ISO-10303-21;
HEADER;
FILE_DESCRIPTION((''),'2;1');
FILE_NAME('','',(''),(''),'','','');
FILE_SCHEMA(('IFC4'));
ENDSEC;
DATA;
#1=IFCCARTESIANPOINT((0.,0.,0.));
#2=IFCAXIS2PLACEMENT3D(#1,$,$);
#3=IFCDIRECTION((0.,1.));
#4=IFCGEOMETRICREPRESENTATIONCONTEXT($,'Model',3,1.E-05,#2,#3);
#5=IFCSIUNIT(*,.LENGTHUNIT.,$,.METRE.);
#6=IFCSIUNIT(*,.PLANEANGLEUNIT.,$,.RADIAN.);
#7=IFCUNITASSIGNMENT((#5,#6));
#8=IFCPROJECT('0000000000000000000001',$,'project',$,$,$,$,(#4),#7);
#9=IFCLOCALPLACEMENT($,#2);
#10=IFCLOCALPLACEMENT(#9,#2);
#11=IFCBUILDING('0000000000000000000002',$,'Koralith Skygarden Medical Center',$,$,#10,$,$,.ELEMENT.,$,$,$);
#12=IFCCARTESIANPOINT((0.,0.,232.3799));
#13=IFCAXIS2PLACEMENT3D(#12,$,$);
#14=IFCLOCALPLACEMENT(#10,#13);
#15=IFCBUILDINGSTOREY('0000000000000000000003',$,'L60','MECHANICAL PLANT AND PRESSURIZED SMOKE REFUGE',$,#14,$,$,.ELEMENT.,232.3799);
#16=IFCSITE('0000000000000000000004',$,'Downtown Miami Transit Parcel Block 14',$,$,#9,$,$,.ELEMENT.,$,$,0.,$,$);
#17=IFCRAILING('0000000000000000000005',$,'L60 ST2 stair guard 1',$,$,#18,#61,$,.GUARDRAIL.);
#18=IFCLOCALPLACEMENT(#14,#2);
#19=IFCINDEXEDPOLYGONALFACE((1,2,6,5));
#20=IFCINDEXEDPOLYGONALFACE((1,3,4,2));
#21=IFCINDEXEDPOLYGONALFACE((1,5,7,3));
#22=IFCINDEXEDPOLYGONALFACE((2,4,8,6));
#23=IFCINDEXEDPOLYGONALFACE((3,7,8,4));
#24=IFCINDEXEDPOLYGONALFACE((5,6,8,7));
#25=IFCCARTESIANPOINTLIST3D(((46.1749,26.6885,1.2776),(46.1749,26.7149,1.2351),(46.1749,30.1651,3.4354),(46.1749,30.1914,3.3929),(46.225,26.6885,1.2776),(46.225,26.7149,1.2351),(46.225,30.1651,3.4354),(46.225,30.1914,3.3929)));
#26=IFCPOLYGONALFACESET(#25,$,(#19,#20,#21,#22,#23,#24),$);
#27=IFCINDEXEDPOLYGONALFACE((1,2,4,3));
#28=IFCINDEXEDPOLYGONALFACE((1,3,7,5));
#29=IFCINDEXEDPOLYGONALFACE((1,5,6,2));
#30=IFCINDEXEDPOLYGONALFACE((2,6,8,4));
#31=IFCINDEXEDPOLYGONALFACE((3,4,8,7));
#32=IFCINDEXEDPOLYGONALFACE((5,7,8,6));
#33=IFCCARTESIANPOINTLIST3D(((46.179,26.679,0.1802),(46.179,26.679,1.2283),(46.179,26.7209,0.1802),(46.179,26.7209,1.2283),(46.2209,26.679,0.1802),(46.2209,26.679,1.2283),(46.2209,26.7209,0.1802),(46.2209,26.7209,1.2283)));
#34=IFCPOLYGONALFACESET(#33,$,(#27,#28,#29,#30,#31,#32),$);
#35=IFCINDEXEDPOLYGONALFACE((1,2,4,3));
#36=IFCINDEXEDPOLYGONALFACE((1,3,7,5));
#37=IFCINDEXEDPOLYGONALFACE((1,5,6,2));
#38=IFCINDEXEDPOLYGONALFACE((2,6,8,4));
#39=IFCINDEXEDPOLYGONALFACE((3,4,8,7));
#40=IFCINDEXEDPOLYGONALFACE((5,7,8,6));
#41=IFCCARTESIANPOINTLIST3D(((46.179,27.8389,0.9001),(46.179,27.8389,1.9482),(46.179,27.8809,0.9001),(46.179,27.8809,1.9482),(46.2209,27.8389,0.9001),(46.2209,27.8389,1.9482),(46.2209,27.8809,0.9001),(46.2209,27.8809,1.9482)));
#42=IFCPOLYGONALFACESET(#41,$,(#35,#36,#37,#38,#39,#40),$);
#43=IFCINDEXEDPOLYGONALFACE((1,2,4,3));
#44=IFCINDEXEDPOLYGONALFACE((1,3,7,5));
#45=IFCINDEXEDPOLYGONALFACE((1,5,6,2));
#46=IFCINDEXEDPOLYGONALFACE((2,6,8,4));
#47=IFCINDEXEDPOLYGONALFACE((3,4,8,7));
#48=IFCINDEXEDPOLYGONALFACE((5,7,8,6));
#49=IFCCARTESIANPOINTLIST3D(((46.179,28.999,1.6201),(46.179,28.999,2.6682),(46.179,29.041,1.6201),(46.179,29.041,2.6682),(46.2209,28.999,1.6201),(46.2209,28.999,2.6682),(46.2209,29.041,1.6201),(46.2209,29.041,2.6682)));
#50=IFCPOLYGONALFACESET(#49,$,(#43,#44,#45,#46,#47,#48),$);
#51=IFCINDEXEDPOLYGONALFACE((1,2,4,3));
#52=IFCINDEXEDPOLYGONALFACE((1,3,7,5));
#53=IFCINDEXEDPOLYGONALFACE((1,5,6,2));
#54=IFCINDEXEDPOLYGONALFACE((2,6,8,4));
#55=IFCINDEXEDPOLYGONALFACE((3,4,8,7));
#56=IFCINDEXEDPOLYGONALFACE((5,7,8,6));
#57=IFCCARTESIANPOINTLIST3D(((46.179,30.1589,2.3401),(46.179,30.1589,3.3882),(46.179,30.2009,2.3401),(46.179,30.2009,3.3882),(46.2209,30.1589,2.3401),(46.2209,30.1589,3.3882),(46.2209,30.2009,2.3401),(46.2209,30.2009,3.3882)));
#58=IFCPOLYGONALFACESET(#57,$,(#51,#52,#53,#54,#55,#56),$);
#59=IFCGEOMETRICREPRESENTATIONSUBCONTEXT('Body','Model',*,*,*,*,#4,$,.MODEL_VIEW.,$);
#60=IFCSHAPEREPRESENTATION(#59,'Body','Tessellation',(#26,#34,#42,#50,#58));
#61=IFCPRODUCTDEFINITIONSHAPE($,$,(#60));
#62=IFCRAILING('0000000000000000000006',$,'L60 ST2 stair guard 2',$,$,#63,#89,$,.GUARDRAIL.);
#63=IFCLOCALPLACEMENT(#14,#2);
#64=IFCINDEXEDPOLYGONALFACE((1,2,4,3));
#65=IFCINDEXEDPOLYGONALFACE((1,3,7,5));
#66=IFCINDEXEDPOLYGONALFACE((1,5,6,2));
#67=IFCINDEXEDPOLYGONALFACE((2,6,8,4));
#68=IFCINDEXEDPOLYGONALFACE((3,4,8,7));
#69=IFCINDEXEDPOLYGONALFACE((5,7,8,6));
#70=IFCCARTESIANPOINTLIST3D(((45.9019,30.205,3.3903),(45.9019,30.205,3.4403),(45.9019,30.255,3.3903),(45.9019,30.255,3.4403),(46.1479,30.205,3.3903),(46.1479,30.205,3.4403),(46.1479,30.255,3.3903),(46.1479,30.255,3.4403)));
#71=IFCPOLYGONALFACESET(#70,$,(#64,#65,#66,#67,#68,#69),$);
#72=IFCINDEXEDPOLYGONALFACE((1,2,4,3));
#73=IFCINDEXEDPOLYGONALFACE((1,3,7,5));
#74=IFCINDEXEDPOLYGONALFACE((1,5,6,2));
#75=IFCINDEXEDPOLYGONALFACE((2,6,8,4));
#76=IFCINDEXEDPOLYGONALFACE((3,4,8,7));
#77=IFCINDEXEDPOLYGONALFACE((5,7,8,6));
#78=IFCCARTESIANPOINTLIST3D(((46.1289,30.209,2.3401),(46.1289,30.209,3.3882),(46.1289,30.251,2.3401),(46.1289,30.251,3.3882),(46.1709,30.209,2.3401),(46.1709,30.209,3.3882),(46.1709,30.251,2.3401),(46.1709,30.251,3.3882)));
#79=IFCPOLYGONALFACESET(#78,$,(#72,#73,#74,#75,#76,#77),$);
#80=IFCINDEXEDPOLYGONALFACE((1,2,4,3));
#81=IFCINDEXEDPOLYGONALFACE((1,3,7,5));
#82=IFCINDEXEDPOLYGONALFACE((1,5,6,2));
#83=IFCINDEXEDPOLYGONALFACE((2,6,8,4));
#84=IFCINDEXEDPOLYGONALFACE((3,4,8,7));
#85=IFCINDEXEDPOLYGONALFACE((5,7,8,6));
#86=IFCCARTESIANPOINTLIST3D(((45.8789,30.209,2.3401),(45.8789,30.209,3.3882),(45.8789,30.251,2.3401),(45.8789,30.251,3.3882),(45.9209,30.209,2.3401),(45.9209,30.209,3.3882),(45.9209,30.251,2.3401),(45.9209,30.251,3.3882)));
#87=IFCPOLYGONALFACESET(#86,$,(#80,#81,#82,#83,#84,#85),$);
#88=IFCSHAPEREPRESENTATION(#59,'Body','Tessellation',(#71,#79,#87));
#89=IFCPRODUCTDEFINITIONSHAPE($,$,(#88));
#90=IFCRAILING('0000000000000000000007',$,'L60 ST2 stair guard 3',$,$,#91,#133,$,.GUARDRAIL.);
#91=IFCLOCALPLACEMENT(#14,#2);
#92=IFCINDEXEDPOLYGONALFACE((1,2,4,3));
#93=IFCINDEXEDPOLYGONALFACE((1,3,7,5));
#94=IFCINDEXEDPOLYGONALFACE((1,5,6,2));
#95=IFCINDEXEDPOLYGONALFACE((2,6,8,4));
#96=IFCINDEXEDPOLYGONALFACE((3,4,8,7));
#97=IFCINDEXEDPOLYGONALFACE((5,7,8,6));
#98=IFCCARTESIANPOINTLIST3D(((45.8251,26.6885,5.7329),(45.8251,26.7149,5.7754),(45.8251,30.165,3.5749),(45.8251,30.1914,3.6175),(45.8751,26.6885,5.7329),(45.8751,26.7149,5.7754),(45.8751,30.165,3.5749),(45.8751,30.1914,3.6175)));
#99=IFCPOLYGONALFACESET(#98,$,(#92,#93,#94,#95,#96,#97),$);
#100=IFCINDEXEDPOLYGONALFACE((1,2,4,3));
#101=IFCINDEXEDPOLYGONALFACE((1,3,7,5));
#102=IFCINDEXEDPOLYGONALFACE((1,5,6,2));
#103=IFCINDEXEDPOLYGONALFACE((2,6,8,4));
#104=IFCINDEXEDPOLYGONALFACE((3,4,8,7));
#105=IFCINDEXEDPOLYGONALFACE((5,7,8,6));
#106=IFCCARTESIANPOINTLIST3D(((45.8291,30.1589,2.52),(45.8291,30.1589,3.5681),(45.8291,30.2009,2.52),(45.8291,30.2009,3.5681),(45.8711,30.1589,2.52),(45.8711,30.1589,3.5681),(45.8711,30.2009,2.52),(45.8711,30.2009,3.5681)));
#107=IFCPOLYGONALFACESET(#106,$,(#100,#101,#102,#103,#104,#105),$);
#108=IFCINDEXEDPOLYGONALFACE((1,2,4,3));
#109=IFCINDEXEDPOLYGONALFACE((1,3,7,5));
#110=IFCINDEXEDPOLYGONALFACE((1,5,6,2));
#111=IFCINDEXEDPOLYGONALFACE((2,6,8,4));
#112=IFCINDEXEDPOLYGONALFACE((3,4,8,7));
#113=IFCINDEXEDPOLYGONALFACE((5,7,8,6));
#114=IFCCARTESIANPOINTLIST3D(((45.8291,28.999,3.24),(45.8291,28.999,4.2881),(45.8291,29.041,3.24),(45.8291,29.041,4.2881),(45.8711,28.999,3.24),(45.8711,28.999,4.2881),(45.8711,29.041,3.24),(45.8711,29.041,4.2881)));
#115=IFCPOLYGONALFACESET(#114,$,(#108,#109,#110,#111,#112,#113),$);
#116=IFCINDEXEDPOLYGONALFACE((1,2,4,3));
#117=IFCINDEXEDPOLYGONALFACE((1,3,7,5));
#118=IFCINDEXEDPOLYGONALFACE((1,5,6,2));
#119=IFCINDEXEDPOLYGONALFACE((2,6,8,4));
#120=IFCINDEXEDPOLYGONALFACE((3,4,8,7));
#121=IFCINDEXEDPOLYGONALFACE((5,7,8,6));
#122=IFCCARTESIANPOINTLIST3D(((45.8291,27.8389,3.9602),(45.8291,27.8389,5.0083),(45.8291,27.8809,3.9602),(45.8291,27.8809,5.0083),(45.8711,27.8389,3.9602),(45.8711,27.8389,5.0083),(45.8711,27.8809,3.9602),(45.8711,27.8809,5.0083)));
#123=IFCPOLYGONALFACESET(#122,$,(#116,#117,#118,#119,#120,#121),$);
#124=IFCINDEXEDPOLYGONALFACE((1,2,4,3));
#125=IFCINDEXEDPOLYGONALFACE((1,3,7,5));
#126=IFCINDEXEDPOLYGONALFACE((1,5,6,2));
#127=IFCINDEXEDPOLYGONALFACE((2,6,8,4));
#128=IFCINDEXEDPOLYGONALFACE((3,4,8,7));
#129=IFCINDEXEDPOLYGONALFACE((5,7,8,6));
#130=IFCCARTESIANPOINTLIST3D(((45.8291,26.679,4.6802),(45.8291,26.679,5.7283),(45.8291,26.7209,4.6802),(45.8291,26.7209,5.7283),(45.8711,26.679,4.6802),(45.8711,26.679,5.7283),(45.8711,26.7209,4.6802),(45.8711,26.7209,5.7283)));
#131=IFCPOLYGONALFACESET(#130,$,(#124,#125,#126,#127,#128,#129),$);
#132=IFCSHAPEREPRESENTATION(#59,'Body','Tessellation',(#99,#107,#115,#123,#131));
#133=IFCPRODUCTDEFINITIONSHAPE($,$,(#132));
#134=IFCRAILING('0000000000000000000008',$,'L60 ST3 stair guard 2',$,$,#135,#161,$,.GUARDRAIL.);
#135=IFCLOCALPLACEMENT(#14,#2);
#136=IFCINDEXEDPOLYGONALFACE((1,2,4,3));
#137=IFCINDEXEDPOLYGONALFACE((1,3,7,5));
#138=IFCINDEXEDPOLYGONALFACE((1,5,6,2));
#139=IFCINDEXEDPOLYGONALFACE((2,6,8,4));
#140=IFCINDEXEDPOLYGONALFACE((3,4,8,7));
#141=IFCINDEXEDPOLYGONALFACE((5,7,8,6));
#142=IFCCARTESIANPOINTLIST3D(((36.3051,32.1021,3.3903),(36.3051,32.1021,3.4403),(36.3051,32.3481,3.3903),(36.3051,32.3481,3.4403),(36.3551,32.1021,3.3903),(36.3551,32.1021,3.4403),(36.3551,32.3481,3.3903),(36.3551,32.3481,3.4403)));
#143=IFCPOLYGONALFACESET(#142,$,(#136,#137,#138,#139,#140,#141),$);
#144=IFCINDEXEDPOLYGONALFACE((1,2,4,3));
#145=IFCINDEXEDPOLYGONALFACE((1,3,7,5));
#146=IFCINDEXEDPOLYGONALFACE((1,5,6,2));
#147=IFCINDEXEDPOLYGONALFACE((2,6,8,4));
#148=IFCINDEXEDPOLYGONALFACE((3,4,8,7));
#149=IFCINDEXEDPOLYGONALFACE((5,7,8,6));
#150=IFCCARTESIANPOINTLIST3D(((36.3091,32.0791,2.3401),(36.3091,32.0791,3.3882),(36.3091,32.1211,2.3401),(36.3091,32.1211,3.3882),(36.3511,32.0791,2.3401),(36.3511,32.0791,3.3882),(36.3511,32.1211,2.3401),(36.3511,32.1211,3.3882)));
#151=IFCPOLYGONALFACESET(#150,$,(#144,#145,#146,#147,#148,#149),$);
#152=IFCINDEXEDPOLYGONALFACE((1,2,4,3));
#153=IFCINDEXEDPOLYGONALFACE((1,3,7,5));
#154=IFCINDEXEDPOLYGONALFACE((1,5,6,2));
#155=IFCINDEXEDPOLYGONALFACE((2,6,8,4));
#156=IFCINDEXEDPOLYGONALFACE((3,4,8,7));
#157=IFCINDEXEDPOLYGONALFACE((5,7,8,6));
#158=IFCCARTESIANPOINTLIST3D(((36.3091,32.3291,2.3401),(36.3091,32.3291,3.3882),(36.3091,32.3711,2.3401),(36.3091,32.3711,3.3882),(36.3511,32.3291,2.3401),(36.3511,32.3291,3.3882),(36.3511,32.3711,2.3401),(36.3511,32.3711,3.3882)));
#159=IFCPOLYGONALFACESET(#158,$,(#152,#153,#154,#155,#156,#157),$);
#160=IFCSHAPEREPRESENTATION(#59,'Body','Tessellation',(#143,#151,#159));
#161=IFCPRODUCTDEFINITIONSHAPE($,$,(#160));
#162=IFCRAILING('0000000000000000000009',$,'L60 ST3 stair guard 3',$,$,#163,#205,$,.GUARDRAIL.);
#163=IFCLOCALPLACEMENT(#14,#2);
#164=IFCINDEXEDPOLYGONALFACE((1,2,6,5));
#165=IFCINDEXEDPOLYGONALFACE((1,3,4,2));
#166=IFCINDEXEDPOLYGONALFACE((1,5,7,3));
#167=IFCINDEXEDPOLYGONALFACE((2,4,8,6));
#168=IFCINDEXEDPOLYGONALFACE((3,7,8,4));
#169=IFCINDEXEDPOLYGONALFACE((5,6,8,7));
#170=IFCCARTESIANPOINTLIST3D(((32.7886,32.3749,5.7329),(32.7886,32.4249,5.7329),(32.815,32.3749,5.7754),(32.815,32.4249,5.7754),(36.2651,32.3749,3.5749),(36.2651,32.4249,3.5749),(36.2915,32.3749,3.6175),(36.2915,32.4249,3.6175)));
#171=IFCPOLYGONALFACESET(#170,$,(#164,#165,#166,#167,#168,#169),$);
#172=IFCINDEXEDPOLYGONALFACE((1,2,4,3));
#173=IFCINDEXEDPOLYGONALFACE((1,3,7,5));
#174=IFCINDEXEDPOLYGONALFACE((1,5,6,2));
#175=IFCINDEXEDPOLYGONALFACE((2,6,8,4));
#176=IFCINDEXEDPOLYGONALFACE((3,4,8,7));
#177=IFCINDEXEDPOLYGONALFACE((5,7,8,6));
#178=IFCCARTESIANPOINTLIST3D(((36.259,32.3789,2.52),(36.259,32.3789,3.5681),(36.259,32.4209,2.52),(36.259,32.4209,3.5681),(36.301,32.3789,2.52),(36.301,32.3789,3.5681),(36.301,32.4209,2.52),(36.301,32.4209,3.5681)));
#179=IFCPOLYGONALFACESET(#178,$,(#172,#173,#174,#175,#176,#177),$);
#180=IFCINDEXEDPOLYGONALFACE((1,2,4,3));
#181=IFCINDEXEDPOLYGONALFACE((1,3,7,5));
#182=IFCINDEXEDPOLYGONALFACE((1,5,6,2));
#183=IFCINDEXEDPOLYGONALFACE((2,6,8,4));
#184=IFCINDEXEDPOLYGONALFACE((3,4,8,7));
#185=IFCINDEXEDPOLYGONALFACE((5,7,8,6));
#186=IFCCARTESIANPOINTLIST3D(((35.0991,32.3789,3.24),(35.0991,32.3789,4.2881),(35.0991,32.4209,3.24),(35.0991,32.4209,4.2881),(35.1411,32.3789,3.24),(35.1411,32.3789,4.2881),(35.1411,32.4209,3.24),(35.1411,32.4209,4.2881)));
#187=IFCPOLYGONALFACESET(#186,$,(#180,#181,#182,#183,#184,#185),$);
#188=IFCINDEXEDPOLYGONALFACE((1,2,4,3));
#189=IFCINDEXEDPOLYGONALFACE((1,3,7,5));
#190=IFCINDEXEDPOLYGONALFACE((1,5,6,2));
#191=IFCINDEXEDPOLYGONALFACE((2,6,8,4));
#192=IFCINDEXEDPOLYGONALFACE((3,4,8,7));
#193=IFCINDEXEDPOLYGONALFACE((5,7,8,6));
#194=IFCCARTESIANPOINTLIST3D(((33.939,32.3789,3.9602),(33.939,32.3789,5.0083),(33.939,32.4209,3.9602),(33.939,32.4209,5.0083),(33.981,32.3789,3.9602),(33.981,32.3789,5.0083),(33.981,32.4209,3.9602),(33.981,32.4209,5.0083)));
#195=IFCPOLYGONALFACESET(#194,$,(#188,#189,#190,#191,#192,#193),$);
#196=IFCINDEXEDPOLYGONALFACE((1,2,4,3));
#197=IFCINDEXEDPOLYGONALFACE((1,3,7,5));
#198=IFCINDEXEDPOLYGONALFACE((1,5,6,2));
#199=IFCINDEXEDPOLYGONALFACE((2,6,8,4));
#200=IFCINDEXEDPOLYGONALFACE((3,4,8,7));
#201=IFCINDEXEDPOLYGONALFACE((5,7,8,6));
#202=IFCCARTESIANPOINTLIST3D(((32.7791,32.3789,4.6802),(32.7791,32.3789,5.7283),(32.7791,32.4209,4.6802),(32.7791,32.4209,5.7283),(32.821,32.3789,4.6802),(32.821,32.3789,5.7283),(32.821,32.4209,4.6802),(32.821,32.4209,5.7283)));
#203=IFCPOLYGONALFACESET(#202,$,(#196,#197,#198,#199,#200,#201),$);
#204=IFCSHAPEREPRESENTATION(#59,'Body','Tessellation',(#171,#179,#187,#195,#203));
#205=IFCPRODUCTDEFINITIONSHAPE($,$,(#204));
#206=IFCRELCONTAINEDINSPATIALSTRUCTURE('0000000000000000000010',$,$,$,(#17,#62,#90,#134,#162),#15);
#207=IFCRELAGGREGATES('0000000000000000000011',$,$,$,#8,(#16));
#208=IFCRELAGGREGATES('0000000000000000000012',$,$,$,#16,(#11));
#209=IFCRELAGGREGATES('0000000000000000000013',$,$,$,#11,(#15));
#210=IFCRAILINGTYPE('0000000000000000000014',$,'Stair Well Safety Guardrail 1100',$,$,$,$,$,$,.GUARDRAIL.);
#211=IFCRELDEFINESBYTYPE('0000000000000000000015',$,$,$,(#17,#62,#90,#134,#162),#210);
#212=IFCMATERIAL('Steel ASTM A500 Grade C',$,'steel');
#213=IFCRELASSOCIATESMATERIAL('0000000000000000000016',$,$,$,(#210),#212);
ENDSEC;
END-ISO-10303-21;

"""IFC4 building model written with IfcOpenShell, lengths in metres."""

from ifc_helpers import new_model, si_unit, direction, frame, origin, origin_2d, place, context, subcontext, project, spatial, rectangle, extrude, material, type_object, element, save


model = new_model("IFC4")

# Units and contexts
model_context = context("Model", 3, precision=1e-05, world=origin(), true_north=direction((0.0, 1.0)))
body_context = subcontext(model_context, "Body", "Model", "MODEL_VIEW")
ifc_project = project(units=[si_unit("LENGTHUNIT", "METRE"), si_unit("PLANEANGLEUNIT", "RADIAN")], contexts=[model_context])

# Site, building, storey
site_placement = place(None, origin())
site = spatial("IfcSite", under=ifc_project, at=site_placement, Name="Downtown Miami Transit Parcel Block 14", CompositionType="ELEMENT", RefElevation=0.0)
building_placement = place(site_placement, origin())
building = spatial("IfcBuilding", under=site, at=building_placement, Name="Koralith Skygarden Medical Center", CompositionType="ELEMENT")
storey_placement = place(building_placement, frame((0.0, 0.0, 232.3799)))
storey = spatial("IfcBuildingStorey", under=building, at=storey_placement, Name="L60", Description="MECHANICAL PLANT AND PRESSURIZED SMOKE REFUGE", CompositionType="ELEMENT", Elevation=232.3799)

# Shared definitions
ifc_material_1 = material(Name="Steel ASTM A500 Grade C", Category="steel")

# Railings
railing_type_1 = type_object("IfcRailingType", Name="Stair Well Safety Guardrail 1100", PredefinedType="GUARDRAIL", material=ifc_material_1)
railing_1_placement = place(storey_placement, frame((46.2, 26.7, 0.1802)))
element("IfcRailing", 1, at=railing_1_placement, inside=storey, type_object=railing_type_1, Name="L60 ST2 stair guard 1", PredefinedType="GUARDRAIL", context=body_context, shape_type="SweptSolid", body=[
    extrude(rectangle(XDim=0.05, YDim=0.05, at=origin_2d()), frame((0.0, 0.0017, 1.0762), z_axis=(0.0, 0.849648, 0.52735), x_axis=(-1.0, 0.0, 0.0)), (0.0, 0.0, 1.0), 4.0918),
    extrude(rectangle(XDim=0.042, YDim=0.042, at=origin_2d()), origin(), (0.0, 0.0, 1.0), 1.0481),
    extrude(rectangle(XDim=0.042, YDim=0.042, at=origin_2d()), frame((0.0, 1.1599, 0.72)), (0.0, 0.0, 1.0), 1.0481),
    extrude(rectangle(XDim=0.042, YDim=0.042, at=origin_2d()), frame((0.0, 2.3201, 1.4399)), (0.0, 0.0, 1.0), 1.0481),
    extrude(rectangle(XDim=0.042, YDim=0.042, at=origin_2d()), frame((0.0, 3.48, 2.1599)), (0.0, 0.0, 1.0), 1.0481),
])
railing_2_placement = place(storey_placement, frame((46.1499, 30.23, 2.3401)))
element("IfcRailing", 2, at=railing_2_placement, inside=storey, type_object=railing_type_1, Name="L60 ST2 stair guard 2", PredefinedType="GUARDRAIL", context=body_context, shape_type="SweptSolid", body=[
    extrude(rectangle(XDim=0.05, YDim=0.05, at=origin_2d()), frame((-0.002, 0.0, 1.0752), z_axis=(-1.0, 0.0, 0.0), x_axis=(0.0, -1.0, 0.0)), (0.0, 0.0, 1.0), 0.2461),
    extrude(rectangle(XDim=0.042, YDim=0.042, at=origin_2d()), origin(), (0.0, 0.0, 1.0), 1.0481),
    extrude(rectangle(XDim=0.042, YDim=0.042, at=origin_2d()), frame((-0.25, 0.0, 0.0)), (0.0, 0.0, 1.0), 1.0481),
])
railing_3_placement = place(storey_placement, frame((45.8501, 30.1799, 2.52)))
element("IfcRailing", 3, at=railing_3_placement, inside=storey, type_object=railing_type_1, Name="L60 ST2 stair guard 3", PredefinedType="GUARDRAIL", context=body_context, shape_type="SweptSolid", body=[
    extrude(rectangle(XDim=0.05, YDim=0.05, at=origin_2d()), frame((0.0, -0.0017, 1.0762), z_axis=(0.0, -0.849622, 0.527393), x_axis=(1.0, 0.0, 0.0)), (0.0, 0.0, 1.0), 4.0918),
    extrude(rectangle(XDim=0.042, YDim=0.042, at=origin_2d()), origin(), (0.0, 0.0, 1.0), 1.0481),
    extrude(rectangle(XDim=0.042, YDim=0.042, at=origin_2d()), frame((0.0, -1.1599, 0.72)), (0.0, 0.0, 1.0), 1.0481),
    extrude(rectangle(XDim=0.042, YDim=0.042, at=origin_2d()), frame((0.0, -2.3201, 1.4402)), (0.0, 0.0, 1.0), 1.0481),
    extrude(rectangle(XDim=0.042, YDim=0.042, at=origin_2d()), frame((0.0, -3.48, 2.1602)), (0.0, 0.0, 1.0), 1.0481),
])
railing_4_placement = place(storey_placement, frame((36.3301, 32.1001, 2.3401)))
element("IfcRailing", 4, at=railing_4_placement, inside=storey, type_object=railing_type_1, Name="L60 ST3 stair guard 2", PredefinedType="GUARDRAIL", context=body_context, shape_type="SweptSolid", body=[
    extrude(rectangle(XDim=0.05, YDim=0.05, at=origin_2d()), frame((0.0, 0.002, 1.0752), z_axis=(0.0, 1.0, 0.0), x_axis=(-1.0, 0.0, 0.0)), (0.0, 0.0, 1.0), 0.2461),
    extrude(rectangle(XDim=0.042, YDim=0.042, at=origin_2d()), origin(), (0.0, 0.0, 1.0), 1.0481),
    extrude(rectangle(XDim=0.042, YDim=0.042, at=origin_2d()), frame((0.0, 0.25, 0.0)), (0.0, 0.0, 1.0), 1.0481),
])
railing_5_placement = place(storey_placement, frame((36.28, 32.3999, 2.52)))
element("IfcRailing", 5, at=railing_5_placement, inside=storey, type_object=railing_type_1, Name="L60 ST3 stair guard 3", PredefinedType="GUARDRAIL", context=body_context, shape_type="SweptSolid", body=[
    extrude(rectangle(XDim=0.05, YDim=0.05, at=origin_2d()), frame((-0.0017, 0.0, 1.0762), z_axis=(-0.849622, 0.0, 0.527393), x_axis=(0.0, -1.0, 0.0)), (0.0, 0.0, 1.0), 4.0918),
    extrude(rectangle(XDim=0.042, YDim=0.042, at=origin_2d()), origin(), (0.0, 0.0, 1.0), 1.0481),
    extrude(rectangle(XDim=0.042, YDim=0.042, at=origin_2d()), frame((-1.1599, 0.0, 0.72)), (0.0, 0.0, 1.0), 1.0481),
    extrude(rectangle(XDim=0.042, YDim=0.042, at=origin_2d()), frame((-2.3201, 0.0, 1.4402)), (0.0, 0.0, 1.0), 1.0481),
    extrude(rectangle(XDim=0.042, YDim=0.042, at=origin_2d()), frame((-3.48, 0.0, 2.1602)), (0.0, 0.0, 1.0), 1.0481),
])

save(model, "model.ifc")
